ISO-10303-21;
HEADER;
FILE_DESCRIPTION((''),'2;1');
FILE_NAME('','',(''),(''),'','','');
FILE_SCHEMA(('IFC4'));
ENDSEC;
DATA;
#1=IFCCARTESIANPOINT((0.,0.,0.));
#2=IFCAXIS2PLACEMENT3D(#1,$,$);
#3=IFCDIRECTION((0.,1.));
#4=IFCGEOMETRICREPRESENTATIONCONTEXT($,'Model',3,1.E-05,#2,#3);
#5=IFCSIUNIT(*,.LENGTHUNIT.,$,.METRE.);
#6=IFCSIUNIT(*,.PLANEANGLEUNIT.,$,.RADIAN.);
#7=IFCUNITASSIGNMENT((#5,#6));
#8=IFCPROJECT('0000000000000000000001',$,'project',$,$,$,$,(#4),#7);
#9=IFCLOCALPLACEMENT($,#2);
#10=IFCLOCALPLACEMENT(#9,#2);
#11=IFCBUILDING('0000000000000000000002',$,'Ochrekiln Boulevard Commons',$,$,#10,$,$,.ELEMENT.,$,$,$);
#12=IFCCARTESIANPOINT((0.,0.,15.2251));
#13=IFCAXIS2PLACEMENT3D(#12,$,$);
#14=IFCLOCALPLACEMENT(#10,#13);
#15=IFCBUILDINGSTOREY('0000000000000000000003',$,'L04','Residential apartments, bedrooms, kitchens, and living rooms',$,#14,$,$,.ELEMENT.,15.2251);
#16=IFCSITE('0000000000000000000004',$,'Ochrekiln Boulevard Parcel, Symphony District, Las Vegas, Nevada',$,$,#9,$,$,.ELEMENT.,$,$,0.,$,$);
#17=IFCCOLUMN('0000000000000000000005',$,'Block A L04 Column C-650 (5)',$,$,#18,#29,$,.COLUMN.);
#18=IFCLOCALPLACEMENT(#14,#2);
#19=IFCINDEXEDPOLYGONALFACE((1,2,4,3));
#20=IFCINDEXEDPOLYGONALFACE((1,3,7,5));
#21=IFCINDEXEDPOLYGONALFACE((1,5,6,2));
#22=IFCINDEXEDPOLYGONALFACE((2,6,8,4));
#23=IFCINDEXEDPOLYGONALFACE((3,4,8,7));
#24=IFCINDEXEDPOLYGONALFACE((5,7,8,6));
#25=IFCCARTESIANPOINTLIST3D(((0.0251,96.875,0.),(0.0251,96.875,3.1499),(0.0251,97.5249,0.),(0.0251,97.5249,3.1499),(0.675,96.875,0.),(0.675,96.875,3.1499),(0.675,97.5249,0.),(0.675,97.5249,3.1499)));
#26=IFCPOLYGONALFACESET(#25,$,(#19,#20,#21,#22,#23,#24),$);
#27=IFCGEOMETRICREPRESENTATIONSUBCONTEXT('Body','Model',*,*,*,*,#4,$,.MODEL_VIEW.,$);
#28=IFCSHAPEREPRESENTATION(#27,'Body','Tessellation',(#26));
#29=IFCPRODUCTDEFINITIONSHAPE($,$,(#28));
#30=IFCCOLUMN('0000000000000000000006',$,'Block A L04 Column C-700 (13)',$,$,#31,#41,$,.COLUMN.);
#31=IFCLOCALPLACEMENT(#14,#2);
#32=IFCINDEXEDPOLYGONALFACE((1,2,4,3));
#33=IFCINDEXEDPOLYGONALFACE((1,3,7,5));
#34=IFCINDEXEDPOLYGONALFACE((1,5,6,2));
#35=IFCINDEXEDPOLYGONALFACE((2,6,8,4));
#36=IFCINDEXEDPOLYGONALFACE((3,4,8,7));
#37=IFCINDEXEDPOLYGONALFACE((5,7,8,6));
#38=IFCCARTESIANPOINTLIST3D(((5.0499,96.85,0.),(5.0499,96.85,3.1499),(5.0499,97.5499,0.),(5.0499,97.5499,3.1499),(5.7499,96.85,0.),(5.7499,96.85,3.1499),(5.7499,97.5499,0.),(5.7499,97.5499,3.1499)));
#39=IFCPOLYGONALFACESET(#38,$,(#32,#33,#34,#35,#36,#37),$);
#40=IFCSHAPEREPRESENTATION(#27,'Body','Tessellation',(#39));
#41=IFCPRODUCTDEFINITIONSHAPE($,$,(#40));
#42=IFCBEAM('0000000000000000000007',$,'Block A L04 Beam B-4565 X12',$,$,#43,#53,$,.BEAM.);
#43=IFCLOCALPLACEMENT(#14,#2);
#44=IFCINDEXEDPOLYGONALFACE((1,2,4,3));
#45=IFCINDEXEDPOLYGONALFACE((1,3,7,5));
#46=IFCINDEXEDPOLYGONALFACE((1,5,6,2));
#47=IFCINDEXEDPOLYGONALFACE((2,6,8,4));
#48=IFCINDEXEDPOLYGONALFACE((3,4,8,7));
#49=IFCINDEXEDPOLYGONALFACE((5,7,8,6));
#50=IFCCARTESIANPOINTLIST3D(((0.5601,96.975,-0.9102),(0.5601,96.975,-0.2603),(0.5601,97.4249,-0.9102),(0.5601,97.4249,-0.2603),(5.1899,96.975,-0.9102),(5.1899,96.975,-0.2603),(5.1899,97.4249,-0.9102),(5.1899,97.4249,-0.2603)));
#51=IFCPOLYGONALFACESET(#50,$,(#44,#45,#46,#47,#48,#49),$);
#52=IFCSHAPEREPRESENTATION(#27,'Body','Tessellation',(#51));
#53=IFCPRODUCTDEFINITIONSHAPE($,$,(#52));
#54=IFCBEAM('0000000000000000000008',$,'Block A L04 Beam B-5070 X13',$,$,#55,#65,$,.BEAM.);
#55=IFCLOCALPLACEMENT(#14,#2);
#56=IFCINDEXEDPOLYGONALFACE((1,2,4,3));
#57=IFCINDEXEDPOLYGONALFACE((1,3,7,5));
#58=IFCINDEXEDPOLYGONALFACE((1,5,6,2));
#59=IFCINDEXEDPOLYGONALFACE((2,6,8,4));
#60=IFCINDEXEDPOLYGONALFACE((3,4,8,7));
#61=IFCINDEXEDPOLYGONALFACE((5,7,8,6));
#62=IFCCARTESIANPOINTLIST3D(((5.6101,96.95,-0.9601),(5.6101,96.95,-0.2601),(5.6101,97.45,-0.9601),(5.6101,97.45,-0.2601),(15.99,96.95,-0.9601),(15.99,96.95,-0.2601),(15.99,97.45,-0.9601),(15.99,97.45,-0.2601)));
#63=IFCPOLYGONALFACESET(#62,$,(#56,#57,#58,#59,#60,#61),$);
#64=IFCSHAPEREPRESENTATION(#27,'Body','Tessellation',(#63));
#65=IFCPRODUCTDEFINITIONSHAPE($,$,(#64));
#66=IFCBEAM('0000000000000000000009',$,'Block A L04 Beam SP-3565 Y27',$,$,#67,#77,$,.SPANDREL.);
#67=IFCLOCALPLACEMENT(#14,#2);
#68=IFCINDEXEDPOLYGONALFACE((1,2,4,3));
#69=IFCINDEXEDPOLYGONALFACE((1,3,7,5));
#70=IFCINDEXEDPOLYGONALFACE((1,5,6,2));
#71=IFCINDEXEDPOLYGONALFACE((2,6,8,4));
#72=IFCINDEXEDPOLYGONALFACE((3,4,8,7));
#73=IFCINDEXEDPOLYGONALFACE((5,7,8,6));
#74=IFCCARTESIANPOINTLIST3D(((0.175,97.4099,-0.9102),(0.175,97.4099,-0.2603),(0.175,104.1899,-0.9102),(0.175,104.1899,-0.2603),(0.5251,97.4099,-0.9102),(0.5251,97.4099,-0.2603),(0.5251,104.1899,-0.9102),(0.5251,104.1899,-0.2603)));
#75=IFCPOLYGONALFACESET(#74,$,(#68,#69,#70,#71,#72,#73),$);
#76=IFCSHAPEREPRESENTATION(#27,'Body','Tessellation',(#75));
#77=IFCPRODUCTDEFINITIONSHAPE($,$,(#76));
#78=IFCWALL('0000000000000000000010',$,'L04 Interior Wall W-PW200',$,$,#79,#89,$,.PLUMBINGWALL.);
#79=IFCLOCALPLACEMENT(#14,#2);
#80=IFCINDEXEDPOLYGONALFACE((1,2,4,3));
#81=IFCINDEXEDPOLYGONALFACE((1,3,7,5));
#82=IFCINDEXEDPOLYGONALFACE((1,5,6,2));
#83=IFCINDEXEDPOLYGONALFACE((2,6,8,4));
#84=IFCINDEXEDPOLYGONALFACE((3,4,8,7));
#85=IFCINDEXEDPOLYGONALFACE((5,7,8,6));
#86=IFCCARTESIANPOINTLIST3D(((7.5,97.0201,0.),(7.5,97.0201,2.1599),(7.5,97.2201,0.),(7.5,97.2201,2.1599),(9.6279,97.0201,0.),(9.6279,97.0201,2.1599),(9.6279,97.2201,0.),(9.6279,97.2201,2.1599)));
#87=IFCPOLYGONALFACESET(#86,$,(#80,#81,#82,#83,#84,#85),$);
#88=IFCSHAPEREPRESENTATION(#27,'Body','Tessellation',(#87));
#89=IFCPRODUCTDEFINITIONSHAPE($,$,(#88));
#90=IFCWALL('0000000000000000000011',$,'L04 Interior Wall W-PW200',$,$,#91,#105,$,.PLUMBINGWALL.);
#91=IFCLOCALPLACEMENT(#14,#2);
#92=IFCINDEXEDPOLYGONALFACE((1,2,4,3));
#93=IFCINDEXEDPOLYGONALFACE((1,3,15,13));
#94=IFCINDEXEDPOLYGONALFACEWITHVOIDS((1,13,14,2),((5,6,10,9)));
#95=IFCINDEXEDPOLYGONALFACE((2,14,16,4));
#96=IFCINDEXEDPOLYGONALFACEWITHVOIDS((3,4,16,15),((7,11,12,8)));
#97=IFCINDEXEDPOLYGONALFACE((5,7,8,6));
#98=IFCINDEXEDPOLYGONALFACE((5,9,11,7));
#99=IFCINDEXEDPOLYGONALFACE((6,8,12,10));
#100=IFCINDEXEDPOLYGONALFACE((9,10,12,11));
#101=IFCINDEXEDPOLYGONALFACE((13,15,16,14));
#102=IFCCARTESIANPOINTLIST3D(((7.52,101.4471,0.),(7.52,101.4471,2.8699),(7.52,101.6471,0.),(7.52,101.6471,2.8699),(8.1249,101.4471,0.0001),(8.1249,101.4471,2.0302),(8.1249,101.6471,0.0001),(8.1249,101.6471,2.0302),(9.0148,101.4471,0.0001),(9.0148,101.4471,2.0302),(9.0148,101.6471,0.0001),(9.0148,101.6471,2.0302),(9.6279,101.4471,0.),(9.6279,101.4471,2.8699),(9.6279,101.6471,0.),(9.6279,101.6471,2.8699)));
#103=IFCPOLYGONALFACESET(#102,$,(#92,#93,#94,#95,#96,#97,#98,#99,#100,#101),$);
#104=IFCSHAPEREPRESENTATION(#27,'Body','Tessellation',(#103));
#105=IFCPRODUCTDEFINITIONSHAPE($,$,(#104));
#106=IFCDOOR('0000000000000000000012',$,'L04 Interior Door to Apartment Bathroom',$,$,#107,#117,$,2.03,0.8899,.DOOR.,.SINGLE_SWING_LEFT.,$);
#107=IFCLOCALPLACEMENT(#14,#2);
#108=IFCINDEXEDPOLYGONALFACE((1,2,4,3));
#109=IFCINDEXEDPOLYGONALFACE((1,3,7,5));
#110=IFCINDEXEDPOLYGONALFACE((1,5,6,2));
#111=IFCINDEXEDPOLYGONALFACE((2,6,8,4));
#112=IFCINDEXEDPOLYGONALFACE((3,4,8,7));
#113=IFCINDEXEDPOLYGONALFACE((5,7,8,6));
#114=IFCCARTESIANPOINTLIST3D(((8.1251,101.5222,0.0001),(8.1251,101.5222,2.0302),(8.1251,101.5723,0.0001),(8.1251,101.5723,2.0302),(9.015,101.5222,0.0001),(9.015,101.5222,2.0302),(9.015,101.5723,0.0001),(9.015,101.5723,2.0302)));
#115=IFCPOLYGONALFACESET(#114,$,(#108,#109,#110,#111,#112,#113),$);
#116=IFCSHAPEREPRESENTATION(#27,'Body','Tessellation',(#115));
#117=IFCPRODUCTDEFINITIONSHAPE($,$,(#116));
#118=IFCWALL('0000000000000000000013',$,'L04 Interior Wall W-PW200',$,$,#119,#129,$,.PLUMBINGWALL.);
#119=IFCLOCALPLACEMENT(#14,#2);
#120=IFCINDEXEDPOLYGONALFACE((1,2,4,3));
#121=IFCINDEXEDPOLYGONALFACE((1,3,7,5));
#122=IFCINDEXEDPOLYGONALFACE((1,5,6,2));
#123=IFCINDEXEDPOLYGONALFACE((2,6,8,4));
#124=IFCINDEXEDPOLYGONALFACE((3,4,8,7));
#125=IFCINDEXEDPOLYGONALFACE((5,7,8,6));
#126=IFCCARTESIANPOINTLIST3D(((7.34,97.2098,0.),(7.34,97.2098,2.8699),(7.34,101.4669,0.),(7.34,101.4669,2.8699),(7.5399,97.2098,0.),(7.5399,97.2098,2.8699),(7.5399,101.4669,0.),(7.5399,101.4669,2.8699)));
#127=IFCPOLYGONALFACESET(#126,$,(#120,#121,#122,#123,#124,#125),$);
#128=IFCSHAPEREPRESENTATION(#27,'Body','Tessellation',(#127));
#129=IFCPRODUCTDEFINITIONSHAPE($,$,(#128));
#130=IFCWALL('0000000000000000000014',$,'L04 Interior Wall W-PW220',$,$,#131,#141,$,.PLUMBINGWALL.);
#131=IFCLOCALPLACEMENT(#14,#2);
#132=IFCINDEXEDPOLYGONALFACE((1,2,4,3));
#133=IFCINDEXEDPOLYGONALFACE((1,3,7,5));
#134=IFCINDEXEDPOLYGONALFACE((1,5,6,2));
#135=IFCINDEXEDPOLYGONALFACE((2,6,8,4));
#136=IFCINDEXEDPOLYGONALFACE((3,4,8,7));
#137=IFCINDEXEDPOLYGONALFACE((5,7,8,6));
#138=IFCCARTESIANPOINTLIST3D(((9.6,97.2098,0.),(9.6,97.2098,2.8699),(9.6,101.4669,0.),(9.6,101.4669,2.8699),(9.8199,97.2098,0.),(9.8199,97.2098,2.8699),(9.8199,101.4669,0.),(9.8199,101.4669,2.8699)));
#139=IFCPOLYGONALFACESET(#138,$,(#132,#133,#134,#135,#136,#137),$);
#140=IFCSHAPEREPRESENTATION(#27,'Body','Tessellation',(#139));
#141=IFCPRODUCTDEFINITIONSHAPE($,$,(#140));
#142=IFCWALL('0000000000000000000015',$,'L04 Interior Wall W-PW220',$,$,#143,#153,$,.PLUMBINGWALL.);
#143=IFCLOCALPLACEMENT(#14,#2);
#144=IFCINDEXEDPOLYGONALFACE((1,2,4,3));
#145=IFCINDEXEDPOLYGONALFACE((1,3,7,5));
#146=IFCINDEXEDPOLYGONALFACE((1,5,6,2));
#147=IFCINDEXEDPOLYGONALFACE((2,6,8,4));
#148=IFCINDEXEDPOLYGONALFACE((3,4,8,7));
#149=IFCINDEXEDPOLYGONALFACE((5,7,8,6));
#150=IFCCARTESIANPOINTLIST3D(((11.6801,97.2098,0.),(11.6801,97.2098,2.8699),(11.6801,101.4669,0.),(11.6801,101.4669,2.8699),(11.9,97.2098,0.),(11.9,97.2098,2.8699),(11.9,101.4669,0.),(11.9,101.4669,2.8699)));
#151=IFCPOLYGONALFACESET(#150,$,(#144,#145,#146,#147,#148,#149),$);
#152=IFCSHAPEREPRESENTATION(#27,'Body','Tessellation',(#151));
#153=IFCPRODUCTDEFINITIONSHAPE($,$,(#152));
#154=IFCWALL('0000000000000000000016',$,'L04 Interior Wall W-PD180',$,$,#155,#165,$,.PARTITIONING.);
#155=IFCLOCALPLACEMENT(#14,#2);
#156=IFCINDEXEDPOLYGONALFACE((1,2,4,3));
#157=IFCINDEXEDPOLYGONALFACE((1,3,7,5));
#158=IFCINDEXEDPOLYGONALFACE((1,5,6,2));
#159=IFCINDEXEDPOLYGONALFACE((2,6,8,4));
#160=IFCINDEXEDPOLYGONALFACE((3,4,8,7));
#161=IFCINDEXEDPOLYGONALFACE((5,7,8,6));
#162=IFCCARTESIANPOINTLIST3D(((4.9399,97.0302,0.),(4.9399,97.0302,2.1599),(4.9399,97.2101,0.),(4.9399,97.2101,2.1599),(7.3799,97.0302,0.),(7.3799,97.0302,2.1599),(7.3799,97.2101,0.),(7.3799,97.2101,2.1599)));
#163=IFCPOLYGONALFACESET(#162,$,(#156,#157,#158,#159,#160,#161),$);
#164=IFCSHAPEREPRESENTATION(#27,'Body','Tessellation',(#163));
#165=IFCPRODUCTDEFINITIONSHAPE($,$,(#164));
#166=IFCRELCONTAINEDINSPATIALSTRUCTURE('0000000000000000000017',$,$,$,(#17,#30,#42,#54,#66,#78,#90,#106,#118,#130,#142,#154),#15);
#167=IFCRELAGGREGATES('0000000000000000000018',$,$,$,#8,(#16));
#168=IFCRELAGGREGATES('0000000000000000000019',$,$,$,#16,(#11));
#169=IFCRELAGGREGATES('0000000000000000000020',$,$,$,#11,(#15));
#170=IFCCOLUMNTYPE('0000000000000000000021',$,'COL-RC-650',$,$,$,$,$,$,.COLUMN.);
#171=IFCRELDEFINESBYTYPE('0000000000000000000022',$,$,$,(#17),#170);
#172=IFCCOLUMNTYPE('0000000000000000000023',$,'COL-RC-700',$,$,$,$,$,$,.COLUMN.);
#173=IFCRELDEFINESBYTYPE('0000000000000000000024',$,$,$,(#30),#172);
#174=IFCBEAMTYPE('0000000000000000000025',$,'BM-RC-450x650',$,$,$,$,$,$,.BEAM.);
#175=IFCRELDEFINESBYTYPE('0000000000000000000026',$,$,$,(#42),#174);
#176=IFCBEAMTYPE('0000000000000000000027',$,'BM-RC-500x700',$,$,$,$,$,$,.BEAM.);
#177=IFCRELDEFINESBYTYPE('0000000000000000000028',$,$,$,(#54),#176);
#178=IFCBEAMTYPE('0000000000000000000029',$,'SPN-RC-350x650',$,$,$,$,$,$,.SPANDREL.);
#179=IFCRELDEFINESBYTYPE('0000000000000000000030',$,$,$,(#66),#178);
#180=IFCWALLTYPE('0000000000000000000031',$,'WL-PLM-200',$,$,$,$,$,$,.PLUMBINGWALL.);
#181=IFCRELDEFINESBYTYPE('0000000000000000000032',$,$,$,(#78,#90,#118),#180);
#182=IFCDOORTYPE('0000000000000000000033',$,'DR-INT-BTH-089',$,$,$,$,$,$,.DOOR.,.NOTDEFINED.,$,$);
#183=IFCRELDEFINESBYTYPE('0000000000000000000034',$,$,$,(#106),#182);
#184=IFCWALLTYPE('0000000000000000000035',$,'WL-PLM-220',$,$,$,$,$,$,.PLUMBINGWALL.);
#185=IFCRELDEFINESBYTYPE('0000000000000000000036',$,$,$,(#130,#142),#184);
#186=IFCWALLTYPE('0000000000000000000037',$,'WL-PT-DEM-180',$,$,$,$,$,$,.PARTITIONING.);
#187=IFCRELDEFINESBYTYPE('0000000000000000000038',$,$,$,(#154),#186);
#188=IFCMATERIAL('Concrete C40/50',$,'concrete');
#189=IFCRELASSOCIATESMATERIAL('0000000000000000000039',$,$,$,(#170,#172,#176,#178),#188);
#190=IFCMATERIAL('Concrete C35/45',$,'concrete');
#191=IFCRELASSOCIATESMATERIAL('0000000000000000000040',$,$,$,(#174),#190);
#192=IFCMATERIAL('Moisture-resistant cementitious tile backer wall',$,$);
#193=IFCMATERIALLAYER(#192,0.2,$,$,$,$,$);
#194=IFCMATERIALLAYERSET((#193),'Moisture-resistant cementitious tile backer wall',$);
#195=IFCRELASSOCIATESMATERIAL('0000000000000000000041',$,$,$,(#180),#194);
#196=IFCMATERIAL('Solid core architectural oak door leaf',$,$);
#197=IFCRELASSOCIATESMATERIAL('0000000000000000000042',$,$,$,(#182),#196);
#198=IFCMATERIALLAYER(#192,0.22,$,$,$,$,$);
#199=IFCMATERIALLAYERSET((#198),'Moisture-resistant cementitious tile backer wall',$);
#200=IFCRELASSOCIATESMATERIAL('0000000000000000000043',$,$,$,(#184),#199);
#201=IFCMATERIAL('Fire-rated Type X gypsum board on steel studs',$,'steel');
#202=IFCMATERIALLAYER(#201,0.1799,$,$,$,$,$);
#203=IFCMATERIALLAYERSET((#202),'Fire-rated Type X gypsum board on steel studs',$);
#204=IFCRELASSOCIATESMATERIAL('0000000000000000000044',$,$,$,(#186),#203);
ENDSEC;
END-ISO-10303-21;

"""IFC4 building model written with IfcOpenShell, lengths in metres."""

from ifc_helpers import new_model, si_unit, direction, frame, frame_2d, origin, origin_2d, place, context, subcontext, project, spatial, rectangle, extrude, material, layer, layer_set, material_profile, profile_set, type_object, element, fill, save


model = new_model("IFC4")

# Units and contexts
model_context = context("Model", 3, precision=1e-05, world=origin(), true_north=direction((0.0, 1.0)))
body_context = subcontext(model_context, "Body", "Model", "MODEL_VIEW")
ifc_project = project(units=[si_unit("LENGTHUNIT", "METRE"), si_unit("PLANEANGLEUNIT", "RADIAN")], contexts=[model_context])

# Site, building, storey
site_placement = place(None, origin())
site = spatial("IfcSite", under=ifc_project, at=site_placement, Name="Ochrekiln Boulevard Parcel, Symphony District, Las Vegas, Nevada", CompositionType="ELEMENT", RefElevation=0.0)
building_placement = place(site_placement, origin())
building = spatial("IfcBuilding", under=site, at=building_placement, Name="Ochrekiln Boulevard Commons", CompositionType="ELEMENT")
storey_placement = place(building_placement, frame((0.0, 0.0, 15.2251)))
storey = spatial("IfcBuildingStorey", under=building, at=storey_placement, Name="L04", Description="Residential apartments, bedrooms, kitchens, and living rooms", CompositionType="ELEMENT", Elevation=15.2251)

# Columns
ifc_material_1 = material(Name="Concrete C40/50", Category="concrete")
ifc_material_profile_1 = material_profile(ifc_material_1, rectangle(XDim=0.6499, YDim=0.6499, at=origin_2d()), Name="RC-COL-650x650")
ifc_profile_set_1 = profile_set([ifc_material_profile_1], Name="Concrete C40/50")
column_type_1 = type_object("IfcColumnType", Name="COL-RC-650", PredefinedType="COLUMN", material=ifc_profile_set_1)
column_1_placement = place(storey_placement, frame((0.3501, 97.2, 0.0), z_axis=(0.0, 0.0, 1.0), x_axis=(1.0, 0.0, 0.0)))
element("IfcColumn", 1, at=column_1_placement, inside=storey, type_object=column_type_1, Name="Block A L04 Column C-650 (5)", PredefinedType="COLUMN", context=body_context, shape_type="SweptSolid", body=[
    extrude(rectangle(XDim=0.6499, YDim=0.6499, at=origin_2d()), origin(), (0.0, 0.0, 1.0), 3.1499),
])
ifc_material_profile_2 = material_profile(ifc_material_1, rectangle(XDim=0.7, YDim=0.7, at=origin_2d()), Name="RC-COL-700x700")
ifc_profile_set_2 = profile_set([ifc_material_profile_2], Name="Concrete C40/50")
column_type_2 = type_object("IfcColumnType", Name="COL-RC-700", PredefinedType="COLUMN", material=ifc_profile_set_2)
column_2_placement = place(storey_placement, frame((5.3999, 97.2, 0.0), z_axis=(0.0, 0.0, 1.0), x_axis=(1.0, 0.0, 0.0)))
element("IfcColumn", 2, at=column_2_placement, inside=storey, type_object=column_type_2, Name="Block A L04 Column C-700 (13)", PredefinedType="COLUMN", context=body_context, shape_type="SweptSolid", body=[
    extrude(rectangle(XDim=0.7, YDim=0.7, at=origin_2d()), origin(), (0.0, 0.0, 1.0), 3.1499),
])

# Beams
ifc_material_2 = material(Name="Concrete C35/45", Category="concrete")
ifc_material_profile_3 = material_profile(ifc_material_2, rectangle(XDim=0.45, YDim=0.6499, at=origin_2d()), Name="RC-BM-450x650")
ifc_profile_set_3 = profile_set([ifc_material_profile_3], Name="Concrete C35/45")
beam_type_1 = type_object("IfcBeamType", Name="BM-RC-450x650", PredefinedType="BEAM", material=ifc_profile_set_3)
beam_1_placement = place(storey_placement, frame((0.5601, 97.2, -0.5852), z_axis=(1.0, 0.0, 0.0), x_axis=(0.0, 1.0, 0.0)))
element("IfcBeam", 3, at=beam_1_placement, inside=storey, type_object=beam_type_1, Name="Block A L04 Beam B-4565 X12", PredefinedType="BEAM", context=body_context, shape_type="SweptSolid", body=[
    extrude(rectangle(XDim=0.45, YDim=0.6499, at=origin_2d()), origin(), (0.0, 0.0, 1.0), 4.6299),
])
ifc_material_profile_4 = material_profile(ifc_material_1, rectangle(XDim=0.5, YDim=0.7, at=origin_2d()), Name="RC-BM-500x700")
ifc_profile_set_4 = profile_set([ifc_material_profile_4], Name="Concrete C40/50")
beam_type_2 = type_object("IfcBeamType", Name="BM-RC-500x700", PredefinedType="BEAM", material=ifc_profile_set_4)
beam_2_placement = place(storey_placement, frame((5.6101, 97.2, -0.6101), z_axis=(1.0, 0.0, 0.0), x_axis=(0.0, 1.0, 0.0)))
element("IfcBeam", 4, at=beam_2_placement, inside=storey, type_object=beam_type_2, Name="Block A L04 Beam B-5070 X13", PredefinedType="BEAM", context=body_context, shape_type="SweptSolid", body=[
    extrude(rectangle(XDim=0.5, YDim=0.7, at=origin_2d()), origin(), (0.0, 0.0, 1.0), 10.3799),
])
ifc_material_profile_5 = material_profile(ifc_material_1, rectangle(XDim=0.3501, YDim=0.6499, at=origin_2d()), Name="RC-SPN-350x650")
ifc_profile_set_5 = profile_set([ifc_material_profile_5], Name="Concrete C40/50")
beam_type_3 = type_object("IfcBeamType", Name="SPN-RC-350x650", PredefinedType="SPANDREL", material=ifc_profile_set_5)
beam_3_placement = place(storey_placement, frame((0.3501, 97.4099, -0.5852), z_axis=(0.0, 1.0, 0.0), x_axis=(-1.0, 0.0, 0.0)))
element("IfcBeam", 5, at=beam_3_placement, inside=storey, type_object=beam_type_3, Name="Block A L04 Beam SP-3565 Y27", PredefinedType="SPANDREL", context=body_context, shape_type="SweptSolid", body=[
    extrude(rectangle(XDim=0.3501, YDim=0.6499, at=origin_2d()), origin(), (0.0, 0.0, 1.0), 6.78),
])

# Wall
ifc_material_3 = material(Name="Moisture-resistant cementitious tile backer wall")
ifc_layer_1 = layer(ifc_material_3, 0.2)
ifc_layer_set_1 = layer_set([ifc_layer_1], Name="Moisture-resistant cementitious tile backer wall")
wall_type_1 = type_object("IfcWallType", Name="WL-PLM-200", PredefinedType="PLUMBINGWALL", material=ifc_layer_set_1)
wall_1_placement = place(storey_placement, frame((7.5, 97.1201, 0.0), z_axis=(0.0, 0.0, 1.0), x_axis=(1.0, 0.0, 0.0)))
element("IfcWall", 6, at=wall_1_placement, inside=storey, type_object=wall_type_1, Name="L04 Interior Wall W-PW200", PredefinedType="PLUMBINGWALL", context=body_context, shape_type="SweptSolid", body=[
    extrude(rectangle(XDim=2.1279, YDim=0.2, at=frame_2d((1.064, 0.0))), origin(), (0.0, 0.0, 1.0), 2.1599),
])

# Wall, opening, door
wall_2_placement = place(storey_placement, frame((7.52, 101.5471, 0.0), z_axis=(0.0, 0.0, 1.0), x_axis=(1.0, 0.0, 0.0)))
wall_2 = element("IfcWall", 7, at=wall_2_placement, inside=storey, type_object=wall_type_1, Name="L04 Interior Wall W-PW200", PredefinedType="PLUMBINGWALL", context=body_context, shape_type="SweptSolid", body=[
    extrude(rectangle(XDim=2.1079, YDim=0.2, at=frame_2d((1.054, 0.0))), origin(), (0.0, 0.0, 1.0), 2.8699),
])
opening_1_placement = place(wall_2_placement, frame((0.605, 0.0, 0.0)))
opening_1 = element("IfcOpeningElement", 8, at=opening_1_placement, cuts=wall_2, PredefinedType="OPENING", context=body_context, shape_type="SweptSolid", body=[
    extrude(rectangle(XDim=0.8899, YDim=2.03, at=frame_2d((0.4448, 1.0151))), frame((0.0, 0.1099, 0.0), z_axis=(0.0, -1.0, 0.0), x_axis=(1.0, 0.0, 0.0)), (0.0, 0.0, 1.0), 0.22),
])
ifc_material_4 = material(Name="Solid core architectural oak door leaf")
door_type_1 = type_object("IfcDoorType", Name="DR-INT-BTH-089", OperationType="NOTDEFINED", PredefinedType="DOOR", material=ifc_material_4)
door_1_placement = place(opening_1_placement, frame((0.8899, 0.0, 0.0), z_axis=(0.0, 0.0, 1.0), x_axis=(-1.0, 0.0, 0.0)))
door_1 = element("IfcDoor", 9, at=door_1_placement, inside=storey, type_object=door_type_1, Name="L04 Interior Door to Apartment Bathroom", OperationType="SINGLE_SWING_LEFT", OverallHeight=2.03, OverallWidth=0.8899, PredefinedType="DOOR", context=body_context, shape_type="SweptSolid", body=[
    extrude(rectangle(XDim=0.8899, YDim=2.03, at=frame_2d((0.4448, 1.0151))), frame((0.0, 0.0249, 0.0), z_axis=(0.0, -1.0, 0.0), x_axis=(1.0, 0.0, 0.0)), (0.0, 0.0, 1.0), 0.05),
])
fill(opening_1, door_1)

# Walls
wall_3_placement = place(storey_placement, frame((7.4399, 97.21, 0.0), z_axis=(0.0, 0.0, 1.0), x_axis=(0.0, 1.0, 0.0)))
element("IfcWall", 10, at=wall_3_placement, inside=storey, type_object=wall_type_1, Name="L04 Interior Wall W-PW200", PredefinedType="PLUMBINGWALL", context=body_context, shape_type="SweptSolid", body=[
    extrude(rectangle(XDim=4.2571, YDim=0.2, at=frame_2d((2.1284, 0.0))), origin(), (0.0, 0.0, 1.0), 2.8699),
])
ifc_layer_2 = layer(ifc_material_3, 0.22)
ifc_layer_set_2 = layer_set([ifc_layer_2], Name="Moisture-resistant cementitious tile backer wall")
wall_type_2 = type_object("IfcWallType", Name="WL-PLM-220", PredefinedType="PLUMBINGWALL", material=ifc_layer_set_2)
for number, where, z_axis, x_axis, name in (
    (11, (9.71, 97.21, 0.0), (0.0, 0.0, 1.0), (0.0, 1.0, 0.0), "L04 Interior Wall W-PW220"),
    (12, (11.79, 97.21, 0.0), (0.0, 0.0, 1.0), (0.0, 1.0, 0.0), "L04 Interior Wall W-PW220"),
):
    element("IfcWall", number, at=place(storey_placement, frame(where, z_axis=z_axis, x_axis=x_axis)), inside=storey, type_object=wall_type_2, Name=name, PredefinedType="PLUMBINGWALL", context=body_context, shape_type="SweptSolid", body=[
        extrude(rectangle(XDim=4.2571, YDim=0.22, at=frame_2d((2.1284, 0.0))), origin(), (0.0, 0.0, 1.0), 2.8699),
    ])
ifc_material_5 = material(Name="Fire-rated Type X gypsum board on steel studs", Category="steel")
ifc_layer_3 = layer(ifc_material_5, 0.1799)
ifc_layer_set_3 = layer_set([ifc_layer_3], Name="Fire-rated Type X gypsum board on steel studs")
wall_type_3 = type_object("IfcWallType", Name="WL-PT-DEM-180", PredefinedType="PARTITIONING", material=ifc_layer_set_3)
wall_4_placement = place(storey_placement, frame((4.9399, 97.1201, 0.0), z_axis=(0.0, 0.0, 1.0), x_axis=(1.0, 0.0, 0.0)))
element("IfcWall", 13, at=wall_4_placement, inside=storey, type_object=wall_type_3, Name="L04 Interior Wall W-PD180", PredefinedType="PARTITIONING", context=body_context, shape_type="SweptSolid", body=[
    extrude(rectangle(XDim=2.4399, YDim=0.1799, at=frame_2d((1.22, 0.0))), origin(), (0.0, 0.0, 1.0), 2.1599),
])

save(model, "model.ifc")
